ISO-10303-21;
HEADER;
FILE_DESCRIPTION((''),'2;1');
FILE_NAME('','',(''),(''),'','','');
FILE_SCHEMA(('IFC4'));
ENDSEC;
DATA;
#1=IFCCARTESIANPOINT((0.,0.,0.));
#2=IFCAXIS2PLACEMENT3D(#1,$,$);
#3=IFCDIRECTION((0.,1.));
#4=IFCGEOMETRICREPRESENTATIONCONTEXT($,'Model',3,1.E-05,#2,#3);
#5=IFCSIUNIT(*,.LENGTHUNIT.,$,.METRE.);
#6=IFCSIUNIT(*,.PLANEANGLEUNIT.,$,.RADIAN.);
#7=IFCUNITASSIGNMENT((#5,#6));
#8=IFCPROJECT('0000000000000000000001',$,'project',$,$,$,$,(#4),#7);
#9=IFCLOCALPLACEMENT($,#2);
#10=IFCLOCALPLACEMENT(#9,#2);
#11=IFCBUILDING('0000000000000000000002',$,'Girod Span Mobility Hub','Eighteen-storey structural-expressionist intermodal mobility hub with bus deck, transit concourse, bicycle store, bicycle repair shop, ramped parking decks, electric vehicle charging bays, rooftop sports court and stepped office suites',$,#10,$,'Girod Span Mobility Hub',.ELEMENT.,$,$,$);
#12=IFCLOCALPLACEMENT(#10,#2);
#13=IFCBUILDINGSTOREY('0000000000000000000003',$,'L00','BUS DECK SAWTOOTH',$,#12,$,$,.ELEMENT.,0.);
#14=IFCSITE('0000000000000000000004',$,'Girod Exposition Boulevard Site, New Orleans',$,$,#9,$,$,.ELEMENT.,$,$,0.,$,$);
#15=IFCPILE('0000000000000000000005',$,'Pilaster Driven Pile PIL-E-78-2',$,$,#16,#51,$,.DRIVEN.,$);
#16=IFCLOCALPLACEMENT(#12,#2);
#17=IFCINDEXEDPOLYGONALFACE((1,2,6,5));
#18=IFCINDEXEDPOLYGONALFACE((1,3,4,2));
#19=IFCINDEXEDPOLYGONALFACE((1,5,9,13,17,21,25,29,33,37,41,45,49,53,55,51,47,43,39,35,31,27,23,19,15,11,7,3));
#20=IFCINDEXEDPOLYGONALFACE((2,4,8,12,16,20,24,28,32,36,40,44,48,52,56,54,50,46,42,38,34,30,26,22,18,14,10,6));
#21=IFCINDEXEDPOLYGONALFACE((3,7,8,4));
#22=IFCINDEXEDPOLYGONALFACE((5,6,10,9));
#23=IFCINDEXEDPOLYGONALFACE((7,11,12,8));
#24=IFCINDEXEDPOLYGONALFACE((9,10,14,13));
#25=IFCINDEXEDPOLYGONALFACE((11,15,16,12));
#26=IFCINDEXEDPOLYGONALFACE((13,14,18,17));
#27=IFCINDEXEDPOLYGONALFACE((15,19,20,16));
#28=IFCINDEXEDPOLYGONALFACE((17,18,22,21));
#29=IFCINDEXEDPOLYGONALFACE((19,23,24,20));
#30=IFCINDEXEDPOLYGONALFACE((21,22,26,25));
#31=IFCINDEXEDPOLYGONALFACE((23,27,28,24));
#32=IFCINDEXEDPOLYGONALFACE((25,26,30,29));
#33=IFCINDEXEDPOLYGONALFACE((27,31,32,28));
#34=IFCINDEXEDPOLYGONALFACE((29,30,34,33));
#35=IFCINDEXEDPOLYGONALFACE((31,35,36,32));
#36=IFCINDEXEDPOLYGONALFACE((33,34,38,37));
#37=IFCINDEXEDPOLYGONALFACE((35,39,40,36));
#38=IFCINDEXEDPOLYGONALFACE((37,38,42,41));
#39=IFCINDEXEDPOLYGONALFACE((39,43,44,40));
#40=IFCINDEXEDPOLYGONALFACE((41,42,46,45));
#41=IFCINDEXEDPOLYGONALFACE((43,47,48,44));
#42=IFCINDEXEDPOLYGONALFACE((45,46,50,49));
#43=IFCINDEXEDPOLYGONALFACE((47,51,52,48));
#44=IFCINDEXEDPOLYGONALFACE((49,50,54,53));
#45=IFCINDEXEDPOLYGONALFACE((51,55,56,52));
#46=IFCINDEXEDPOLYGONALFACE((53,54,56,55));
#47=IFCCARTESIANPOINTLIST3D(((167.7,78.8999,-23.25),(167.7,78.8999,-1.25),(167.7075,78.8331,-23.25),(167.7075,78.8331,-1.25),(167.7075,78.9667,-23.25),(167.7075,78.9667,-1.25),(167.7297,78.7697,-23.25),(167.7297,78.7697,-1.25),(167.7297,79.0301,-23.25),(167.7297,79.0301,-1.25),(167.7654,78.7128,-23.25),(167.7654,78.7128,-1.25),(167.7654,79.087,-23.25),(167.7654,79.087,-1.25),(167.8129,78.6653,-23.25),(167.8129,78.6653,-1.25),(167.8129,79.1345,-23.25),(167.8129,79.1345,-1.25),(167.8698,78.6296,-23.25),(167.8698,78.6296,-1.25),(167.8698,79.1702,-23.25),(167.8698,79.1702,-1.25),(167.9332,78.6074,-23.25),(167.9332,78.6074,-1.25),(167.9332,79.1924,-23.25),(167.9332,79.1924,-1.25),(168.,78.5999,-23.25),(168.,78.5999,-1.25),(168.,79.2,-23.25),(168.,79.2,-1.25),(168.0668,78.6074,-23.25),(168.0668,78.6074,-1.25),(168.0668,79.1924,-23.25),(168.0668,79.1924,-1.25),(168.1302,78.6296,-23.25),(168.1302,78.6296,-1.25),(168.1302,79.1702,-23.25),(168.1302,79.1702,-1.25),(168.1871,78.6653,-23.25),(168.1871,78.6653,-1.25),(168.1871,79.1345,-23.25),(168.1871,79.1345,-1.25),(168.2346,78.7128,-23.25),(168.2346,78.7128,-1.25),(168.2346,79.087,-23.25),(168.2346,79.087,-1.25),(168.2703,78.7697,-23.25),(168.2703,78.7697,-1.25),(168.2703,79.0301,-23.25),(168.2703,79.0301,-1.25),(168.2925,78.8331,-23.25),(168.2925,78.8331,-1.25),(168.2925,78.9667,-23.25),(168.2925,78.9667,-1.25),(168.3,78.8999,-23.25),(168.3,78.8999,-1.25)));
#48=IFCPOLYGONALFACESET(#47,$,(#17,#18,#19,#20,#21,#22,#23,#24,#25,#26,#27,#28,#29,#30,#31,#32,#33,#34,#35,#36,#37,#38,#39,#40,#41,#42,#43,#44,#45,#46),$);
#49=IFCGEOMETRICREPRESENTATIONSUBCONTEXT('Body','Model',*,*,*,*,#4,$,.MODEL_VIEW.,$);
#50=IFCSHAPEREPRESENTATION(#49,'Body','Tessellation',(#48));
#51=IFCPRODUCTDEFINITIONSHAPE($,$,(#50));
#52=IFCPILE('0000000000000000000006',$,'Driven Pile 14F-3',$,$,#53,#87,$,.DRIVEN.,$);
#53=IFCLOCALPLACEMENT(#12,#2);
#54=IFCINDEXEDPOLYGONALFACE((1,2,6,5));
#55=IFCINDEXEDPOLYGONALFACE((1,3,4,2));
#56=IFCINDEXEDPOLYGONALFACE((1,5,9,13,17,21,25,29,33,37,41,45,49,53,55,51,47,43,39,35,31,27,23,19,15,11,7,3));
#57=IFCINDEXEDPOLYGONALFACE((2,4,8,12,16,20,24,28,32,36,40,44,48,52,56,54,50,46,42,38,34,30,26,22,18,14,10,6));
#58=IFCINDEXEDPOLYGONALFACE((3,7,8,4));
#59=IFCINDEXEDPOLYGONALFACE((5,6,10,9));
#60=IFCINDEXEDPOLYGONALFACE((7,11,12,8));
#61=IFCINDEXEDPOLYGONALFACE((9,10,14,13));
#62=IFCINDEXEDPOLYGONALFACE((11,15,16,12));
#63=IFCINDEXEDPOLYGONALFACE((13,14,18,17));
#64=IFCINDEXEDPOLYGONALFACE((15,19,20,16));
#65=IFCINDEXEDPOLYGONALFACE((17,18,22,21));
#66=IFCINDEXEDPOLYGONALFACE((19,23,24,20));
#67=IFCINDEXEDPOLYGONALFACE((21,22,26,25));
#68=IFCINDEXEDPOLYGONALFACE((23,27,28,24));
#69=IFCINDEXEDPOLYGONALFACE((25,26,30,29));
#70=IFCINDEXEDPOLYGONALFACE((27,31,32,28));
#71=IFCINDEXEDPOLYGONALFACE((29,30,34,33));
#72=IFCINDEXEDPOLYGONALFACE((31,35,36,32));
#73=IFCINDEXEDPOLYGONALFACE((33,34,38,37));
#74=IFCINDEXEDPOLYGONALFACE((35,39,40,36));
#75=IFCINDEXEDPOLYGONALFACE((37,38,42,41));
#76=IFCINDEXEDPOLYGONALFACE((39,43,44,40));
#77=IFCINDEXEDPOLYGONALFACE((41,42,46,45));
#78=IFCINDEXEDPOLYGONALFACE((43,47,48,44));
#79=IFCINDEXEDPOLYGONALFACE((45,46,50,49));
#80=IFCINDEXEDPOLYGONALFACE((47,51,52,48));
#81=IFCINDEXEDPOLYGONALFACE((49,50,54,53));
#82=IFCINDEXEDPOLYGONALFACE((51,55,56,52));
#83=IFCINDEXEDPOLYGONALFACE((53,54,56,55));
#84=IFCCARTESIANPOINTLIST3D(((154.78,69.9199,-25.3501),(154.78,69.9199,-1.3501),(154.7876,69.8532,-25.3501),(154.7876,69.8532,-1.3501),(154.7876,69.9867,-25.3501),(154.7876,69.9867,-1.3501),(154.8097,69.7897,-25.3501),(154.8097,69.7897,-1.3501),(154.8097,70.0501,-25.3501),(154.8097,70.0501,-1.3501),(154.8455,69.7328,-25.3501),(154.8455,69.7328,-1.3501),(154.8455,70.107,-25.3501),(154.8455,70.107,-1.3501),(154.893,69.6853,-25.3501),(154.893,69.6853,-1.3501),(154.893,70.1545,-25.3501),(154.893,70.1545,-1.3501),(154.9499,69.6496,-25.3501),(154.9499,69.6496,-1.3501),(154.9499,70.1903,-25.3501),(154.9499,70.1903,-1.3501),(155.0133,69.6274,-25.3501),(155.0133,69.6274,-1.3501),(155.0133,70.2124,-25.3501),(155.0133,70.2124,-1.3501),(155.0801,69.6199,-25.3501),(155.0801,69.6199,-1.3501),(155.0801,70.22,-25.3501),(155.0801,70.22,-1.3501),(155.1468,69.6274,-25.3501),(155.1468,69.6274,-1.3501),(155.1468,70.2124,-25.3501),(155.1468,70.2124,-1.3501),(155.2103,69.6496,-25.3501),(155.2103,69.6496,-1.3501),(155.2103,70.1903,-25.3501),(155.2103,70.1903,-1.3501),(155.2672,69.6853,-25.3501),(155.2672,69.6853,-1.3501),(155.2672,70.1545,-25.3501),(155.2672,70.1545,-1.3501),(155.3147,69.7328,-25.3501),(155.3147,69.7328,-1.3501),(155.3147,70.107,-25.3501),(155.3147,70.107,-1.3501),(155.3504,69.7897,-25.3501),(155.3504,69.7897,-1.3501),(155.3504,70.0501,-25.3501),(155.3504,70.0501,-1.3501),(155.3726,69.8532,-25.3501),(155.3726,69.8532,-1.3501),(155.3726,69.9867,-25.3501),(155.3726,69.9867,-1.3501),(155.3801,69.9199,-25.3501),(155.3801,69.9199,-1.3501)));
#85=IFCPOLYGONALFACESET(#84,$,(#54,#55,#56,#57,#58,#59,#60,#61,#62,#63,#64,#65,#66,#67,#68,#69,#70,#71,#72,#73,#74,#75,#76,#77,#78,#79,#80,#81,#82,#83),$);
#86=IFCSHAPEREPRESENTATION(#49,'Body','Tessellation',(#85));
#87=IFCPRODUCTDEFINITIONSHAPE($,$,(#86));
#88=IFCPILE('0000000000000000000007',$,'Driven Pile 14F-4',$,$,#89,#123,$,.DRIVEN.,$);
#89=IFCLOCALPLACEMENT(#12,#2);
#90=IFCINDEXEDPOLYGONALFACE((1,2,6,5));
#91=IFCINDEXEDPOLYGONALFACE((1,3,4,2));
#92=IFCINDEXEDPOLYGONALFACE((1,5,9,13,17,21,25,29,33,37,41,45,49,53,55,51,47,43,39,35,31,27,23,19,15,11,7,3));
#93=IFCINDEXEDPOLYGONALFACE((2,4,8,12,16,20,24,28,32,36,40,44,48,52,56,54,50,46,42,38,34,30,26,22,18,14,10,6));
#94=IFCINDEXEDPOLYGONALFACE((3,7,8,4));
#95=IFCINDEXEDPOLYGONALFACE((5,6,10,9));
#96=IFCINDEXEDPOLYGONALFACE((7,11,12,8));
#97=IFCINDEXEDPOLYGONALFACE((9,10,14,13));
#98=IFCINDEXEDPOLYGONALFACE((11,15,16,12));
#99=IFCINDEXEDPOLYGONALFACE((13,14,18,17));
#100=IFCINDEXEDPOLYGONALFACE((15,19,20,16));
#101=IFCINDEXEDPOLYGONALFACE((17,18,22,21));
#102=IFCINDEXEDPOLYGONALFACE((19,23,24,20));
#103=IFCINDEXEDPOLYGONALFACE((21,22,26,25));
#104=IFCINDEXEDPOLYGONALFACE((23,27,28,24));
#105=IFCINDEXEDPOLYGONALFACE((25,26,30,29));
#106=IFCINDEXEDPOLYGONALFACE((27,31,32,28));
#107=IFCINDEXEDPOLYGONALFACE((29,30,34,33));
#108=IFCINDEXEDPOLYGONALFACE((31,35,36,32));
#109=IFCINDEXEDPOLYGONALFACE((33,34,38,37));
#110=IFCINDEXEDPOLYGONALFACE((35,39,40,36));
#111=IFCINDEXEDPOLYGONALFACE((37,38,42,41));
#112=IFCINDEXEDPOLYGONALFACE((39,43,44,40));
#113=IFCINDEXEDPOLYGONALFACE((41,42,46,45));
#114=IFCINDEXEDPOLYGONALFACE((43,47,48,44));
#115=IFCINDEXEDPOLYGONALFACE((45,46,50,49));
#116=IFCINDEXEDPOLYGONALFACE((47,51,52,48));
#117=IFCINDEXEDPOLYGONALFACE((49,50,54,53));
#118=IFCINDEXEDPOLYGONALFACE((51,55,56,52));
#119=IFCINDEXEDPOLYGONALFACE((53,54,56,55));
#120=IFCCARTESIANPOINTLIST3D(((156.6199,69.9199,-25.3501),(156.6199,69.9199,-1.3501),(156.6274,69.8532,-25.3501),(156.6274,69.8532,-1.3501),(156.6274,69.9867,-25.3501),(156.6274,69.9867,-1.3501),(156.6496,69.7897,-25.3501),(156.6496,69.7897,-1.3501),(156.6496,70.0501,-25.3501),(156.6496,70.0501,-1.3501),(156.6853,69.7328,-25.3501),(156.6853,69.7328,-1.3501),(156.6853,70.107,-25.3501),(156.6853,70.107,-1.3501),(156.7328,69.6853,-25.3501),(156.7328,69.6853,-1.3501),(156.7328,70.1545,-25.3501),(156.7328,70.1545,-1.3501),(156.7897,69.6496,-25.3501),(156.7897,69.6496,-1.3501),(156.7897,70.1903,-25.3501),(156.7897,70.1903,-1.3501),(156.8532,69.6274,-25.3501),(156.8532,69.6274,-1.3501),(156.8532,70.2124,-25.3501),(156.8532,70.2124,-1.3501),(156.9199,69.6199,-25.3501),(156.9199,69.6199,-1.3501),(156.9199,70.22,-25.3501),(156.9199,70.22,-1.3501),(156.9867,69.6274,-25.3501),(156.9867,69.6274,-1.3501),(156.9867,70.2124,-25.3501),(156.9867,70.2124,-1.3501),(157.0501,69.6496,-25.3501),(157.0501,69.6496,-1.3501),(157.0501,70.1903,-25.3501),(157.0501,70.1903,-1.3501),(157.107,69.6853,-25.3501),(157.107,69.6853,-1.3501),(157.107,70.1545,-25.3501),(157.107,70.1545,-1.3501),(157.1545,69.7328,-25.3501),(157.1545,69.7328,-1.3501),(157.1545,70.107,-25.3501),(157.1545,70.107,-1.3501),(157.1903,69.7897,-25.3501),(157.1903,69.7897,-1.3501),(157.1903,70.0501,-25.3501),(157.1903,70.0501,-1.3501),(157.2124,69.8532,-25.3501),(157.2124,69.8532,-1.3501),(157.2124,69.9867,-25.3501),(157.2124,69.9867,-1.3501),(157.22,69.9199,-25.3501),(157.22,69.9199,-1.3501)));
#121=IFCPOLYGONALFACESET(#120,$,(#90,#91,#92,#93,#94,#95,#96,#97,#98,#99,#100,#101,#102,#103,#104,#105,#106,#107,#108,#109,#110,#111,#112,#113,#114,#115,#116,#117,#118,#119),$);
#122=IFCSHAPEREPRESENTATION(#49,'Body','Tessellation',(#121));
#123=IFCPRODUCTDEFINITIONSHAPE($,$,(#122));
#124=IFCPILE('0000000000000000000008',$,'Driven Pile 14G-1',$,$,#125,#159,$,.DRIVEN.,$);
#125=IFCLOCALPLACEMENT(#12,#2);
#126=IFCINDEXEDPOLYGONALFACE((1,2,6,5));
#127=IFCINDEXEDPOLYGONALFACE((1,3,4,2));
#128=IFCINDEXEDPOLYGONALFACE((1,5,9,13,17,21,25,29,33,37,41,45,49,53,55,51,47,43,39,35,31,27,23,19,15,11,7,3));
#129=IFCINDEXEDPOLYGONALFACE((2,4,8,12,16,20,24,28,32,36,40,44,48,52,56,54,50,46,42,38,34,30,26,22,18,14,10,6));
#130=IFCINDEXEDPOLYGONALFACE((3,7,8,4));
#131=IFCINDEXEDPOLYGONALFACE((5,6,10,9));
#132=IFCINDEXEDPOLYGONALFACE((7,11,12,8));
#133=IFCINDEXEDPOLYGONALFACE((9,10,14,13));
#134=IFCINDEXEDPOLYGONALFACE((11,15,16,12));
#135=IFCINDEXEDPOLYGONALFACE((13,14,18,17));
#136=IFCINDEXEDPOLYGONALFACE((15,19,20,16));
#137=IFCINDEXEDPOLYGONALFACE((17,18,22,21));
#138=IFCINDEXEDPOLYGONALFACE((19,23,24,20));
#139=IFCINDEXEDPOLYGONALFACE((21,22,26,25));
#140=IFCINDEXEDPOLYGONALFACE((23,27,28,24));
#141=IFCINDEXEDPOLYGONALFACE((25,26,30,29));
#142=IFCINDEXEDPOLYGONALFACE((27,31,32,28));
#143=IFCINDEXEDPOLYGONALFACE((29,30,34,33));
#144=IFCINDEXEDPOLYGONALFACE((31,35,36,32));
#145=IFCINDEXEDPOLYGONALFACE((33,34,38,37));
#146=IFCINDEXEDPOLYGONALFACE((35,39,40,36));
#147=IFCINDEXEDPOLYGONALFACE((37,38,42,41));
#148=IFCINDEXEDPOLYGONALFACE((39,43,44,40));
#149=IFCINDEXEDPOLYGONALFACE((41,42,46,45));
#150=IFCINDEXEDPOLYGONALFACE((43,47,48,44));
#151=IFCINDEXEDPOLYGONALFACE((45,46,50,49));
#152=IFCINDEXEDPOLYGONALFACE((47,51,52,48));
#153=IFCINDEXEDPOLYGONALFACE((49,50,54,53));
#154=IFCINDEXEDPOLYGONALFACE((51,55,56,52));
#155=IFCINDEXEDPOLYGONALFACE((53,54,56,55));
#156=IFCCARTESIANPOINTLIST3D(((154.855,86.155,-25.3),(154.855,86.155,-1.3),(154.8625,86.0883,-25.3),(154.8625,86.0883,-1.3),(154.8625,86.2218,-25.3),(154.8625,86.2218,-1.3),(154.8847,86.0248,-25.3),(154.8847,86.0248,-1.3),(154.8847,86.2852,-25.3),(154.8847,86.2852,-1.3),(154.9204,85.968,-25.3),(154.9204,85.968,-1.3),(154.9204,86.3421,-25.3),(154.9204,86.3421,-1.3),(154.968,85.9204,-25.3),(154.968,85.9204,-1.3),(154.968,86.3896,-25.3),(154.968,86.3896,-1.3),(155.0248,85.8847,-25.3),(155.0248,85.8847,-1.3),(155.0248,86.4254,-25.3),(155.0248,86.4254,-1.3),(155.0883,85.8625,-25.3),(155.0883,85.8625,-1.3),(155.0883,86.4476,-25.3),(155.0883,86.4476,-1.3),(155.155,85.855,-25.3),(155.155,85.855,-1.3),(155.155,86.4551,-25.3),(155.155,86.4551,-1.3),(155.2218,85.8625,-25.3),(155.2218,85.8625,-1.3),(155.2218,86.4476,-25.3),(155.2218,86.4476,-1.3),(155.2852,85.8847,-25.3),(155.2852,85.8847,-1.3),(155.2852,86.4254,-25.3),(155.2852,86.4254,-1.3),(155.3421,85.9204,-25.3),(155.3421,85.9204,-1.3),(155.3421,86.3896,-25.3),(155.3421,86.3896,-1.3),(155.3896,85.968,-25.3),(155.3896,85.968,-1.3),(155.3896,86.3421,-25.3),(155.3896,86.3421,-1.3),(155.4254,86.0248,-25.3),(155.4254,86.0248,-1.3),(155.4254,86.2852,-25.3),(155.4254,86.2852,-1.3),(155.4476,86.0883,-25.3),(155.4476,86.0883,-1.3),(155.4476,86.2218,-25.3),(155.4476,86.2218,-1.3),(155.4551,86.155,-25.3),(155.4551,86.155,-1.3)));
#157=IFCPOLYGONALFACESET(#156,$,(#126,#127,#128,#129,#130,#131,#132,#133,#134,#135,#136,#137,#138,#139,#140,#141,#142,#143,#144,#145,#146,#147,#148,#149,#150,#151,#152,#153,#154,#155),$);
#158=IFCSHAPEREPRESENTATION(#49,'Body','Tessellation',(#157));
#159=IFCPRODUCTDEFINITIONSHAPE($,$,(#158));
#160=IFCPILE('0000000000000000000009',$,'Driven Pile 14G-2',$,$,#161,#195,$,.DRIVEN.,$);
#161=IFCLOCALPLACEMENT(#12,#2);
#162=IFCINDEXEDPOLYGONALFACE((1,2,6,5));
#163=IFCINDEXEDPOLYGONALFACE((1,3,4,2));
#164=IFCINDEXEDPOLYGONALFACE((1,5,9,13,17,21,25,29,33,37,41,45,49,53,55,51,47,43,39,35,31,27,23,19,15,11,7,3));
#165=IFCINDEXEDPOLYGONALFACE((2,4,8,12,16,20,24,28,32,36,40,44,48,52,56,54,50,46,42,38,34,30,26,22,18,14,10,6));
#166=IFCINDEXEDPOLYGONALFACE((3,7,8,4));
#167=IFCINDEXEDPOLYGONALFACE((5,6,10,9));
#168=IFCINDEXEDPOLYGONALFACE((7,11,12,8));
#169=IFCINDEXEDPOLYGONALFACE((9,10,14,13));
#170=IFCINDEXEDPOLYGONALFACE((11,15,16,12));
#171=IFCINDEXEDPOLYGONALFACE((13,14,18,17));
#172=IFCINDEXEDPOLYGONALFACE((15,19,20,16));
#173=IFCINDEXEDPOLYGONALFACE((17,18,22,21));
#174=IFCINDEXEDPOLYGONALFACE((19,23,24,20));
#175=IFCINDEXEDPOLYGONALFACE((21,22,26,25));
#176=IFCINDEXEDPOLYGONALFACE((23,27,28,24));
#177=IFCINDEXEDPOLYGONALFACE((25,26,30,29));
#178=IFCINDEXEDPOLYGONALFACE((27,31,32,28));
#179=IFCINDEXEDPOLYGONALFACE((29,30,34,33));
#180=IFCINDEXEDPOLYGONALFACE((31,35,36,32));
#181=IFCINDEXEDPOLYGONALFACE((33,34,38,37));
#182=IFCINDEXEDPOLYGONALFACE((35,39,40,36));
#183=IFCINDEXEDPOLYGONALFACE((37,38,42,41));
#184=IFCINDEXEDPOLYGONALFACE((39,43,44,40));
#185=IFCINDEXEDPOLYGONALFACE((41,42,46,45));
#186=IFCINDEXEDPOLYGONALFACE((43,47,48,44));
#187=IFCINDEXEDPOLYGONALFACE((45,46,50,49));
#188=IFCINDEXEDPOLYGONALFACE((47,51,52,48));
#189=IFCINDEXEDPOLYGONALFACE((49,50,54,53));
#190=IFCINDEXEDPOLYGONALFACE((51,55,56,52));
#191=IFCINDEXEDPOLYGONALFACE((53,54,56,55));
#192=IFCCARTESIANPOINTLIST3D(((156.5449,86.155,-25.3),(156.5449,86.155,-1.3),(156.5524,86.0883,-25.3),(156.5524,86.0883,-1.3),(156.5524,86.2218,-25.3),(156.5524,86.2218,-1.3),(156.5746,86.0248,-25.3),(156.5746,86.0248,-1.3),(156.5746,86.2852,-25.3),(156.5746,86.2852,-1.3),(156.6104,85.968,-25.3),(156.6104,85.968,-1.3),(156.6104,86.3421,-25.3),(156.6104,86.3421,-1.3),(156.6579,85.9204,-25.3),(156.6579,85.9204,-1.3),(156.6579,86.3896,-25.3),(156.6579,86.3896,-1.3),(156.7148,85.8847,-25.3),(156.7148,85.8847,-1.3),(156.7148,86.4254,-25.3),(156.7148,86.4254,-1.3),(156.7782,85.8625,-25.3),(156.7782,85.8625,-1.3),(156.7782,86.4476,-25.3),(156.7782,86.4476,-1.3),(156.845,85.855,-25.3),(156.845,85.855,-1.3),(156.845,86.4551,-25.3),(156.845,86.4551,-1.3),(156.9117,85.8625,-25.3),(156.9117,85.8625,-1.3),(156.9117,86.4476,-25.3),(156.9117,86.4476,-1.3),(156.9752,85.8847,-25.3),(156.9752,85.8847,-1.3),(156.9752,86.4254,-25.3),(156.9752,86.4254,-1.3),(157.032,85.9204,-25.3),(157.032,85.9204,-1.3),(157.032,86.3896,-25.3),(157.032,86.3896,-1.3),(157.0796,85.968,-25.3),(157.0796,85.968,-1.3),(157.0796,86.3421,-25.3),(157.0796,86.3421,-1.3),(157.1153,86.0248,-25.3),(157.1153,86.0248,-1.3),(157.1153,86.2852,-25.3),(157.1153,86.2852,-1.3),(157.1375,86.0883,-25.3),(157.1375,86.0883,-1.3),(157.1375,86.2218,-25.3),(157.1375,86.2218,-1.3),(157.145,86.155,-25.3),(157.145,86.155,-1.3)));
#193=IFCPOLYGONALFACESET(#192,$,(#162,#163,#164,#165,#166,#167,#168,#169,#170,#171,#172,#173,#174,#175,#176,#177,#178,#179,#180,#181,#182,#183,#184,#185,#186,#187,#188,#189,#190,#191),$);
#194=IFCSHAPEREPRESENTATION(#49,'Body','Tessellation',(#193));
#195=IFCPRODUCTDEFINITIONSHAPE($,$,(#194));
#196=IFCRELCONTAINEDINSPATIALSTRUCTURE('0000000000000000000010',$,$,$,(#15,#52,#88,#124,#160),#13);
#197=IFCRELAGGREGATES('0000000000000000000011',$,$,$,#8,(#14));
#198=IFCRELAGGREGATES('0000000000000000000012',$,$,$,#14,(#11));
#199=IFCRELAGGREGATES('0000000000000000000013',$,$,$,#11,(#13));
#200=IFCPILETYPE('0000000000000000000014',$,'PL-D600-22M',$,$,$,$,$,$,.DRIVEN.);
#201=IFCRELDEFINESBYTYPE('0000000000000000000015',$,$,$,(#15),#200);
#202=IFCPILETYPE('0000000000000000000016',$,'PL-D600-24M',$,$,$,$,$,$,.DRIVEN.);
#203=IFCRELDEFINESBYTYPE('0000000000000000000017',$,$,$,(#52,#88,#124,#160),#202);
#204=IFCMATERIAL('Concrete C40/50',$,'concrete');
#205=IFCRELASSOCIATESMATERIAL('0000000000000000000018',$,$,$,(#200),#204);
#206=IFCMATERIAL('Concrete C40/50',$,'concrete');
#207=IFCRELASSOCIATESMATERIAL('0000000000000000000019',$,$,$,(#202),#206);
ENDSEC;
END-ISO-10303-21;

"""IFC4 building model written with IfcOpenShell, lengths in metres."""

from ifc_helpers import new_model, si_unit, direction, frame, origin, origin_2d, place, context, subcontext, project, spatial, circle, extrude, material, material_profile, profile_set, type_object, element, save


model = new_model("IFC4")

# Units and contexts
model_context = context("Model", 3, precision=1e-05, world=origin(), true_north=direction((0.0, 1.0)))
body_context = subcontext(model_context, "Body", "Model", "MODEL_VIEW")
ifc_project = project(units=[si_unit("LENGTHUNIT", "METRE"), si_unit("PLANEANGLEUNIT", "RADIAN")], contexts=[model_context])

# Site, building, storey
site_placement = place(None, origin())
site = spatial("IfcSite", under=ifc_project, at=site_placement, Name="Girod Exposition Boulevard Site, New Orleans", CompositionType="ELEMENT", RefElevation=0.0)
building_placement = place(site_placement, origin())
building = spatial("IfcBuilding", under=site, at=building_placement, Name="Girod Span Mobility Hub", Description="Eighteen-storey structural-expressionist intermodal mobility hub with bus deck, transit concourse, bicycle store, bicycle repair shop, ramped parking decks, electric vehicle charging bays, rooftop sports court and stepped office suites", LongName="Girod Span Mobility Hub", CompositionType="ELEMENT")
storey_placement = place(building_placement, origin())
storey = spatial("IfcBuildingStorey", under=building, at=storey_placement, Name="L00", Description="BUS DECK SAWTOOTH", CompositionType="ELEMENT", Elevation=0.0)

# Piles
ifc_material_1 = material(Name="Concrete C40/50", Category="concrete")
ifc_material_profile_1 = material_profile(ifc_material_1, circle(Radius=0.3, at=origin_2d()), Name="PILE-D600")
ifc_profile_set_1 = profile_set([ifc_material_profile_1], Name="Concrete C40/50")
pile_type_1 = type_object("IfcPileType", Name="PL-D600-22M", PredefinedType="DRIVEN", material=ifc_profile_set_1)
for number, where, z_axis, x_axis, name in (
    (1, (168.0, 78.8999, -1.25), (0.0, 0.0, -1.0), (1.0, 0.0, 0.0), "Pilaster Driven Pile PIL-E-78-2"),
):
    element("IfcPile", number, at=place(storey_placement, frame(where, z_axis=z_axis, x_axis=x_axis)), inside=storey, type_object=pile_type_1, Name=name, PredefinedType="DRIVEN", context=body_context, shape_type="SweptSolid", body=[
        extrude(circle(Radius=0.3, at=origin_2d()), origin(), (0.0, 0.0, 1.0), 22.0),
    ])
ifc_material_2 = material(Name="Concrete C40/50", Category="concrete")
ifc_material_profile_2 = material_profile(ifc_material_2, circle(Radius=0.3, at=origin_2d()), Name="PILE-D600")
ifc_profile_set_2 = profile_set([ifc_material_profile_2], Name="Concrete C40/50")
pile_type_2 = type_object("IfcPileType", Name="PL-D600-24M", PredefinedType="DRIVEN", material=ifc_profile_set_2)
for number, where, z_axis, x_axis, name in (
    (2, (155.0801, 69.9199, -1.3501), (0.0, 0.0, -1.0), (1.0, 0.0, 0.0), "Driven Pile 14F-3"),
    (3, (156.9199, 69.9199, -1.3501), (0.0, 0.0, -1.0), (1.0, 0.0, 0.0), "Driven Pile 14F-4"),
    (4, (155.155, 86.155, -1.3), (0.0, 0.0, -1.0), (1.0, 0.0, 0.0), "Driven Pile 14G-1"),
    (5, (156.845, 86.155, -1.3), (0.0, 0.0, -1.0), (1.0, 0.0, 0.0), "Driven Pile 14G-2"),
):
    element("IfcPile", number, at=place(storey_placement, frame(where, z_axis=z_axis, x_axis=x_axis)), inside=storey, type_object=pile_type_2, Name=name, PredefinedType="DRIVEN", context=body_context, shape_type="SweptSolid", body=[
        extrude(circle(Radius=0.3, at=origin_2d()), origin(), (0.0, 0.0, 1.0), 24.0),
    ])

save(model, "model.ifc")
